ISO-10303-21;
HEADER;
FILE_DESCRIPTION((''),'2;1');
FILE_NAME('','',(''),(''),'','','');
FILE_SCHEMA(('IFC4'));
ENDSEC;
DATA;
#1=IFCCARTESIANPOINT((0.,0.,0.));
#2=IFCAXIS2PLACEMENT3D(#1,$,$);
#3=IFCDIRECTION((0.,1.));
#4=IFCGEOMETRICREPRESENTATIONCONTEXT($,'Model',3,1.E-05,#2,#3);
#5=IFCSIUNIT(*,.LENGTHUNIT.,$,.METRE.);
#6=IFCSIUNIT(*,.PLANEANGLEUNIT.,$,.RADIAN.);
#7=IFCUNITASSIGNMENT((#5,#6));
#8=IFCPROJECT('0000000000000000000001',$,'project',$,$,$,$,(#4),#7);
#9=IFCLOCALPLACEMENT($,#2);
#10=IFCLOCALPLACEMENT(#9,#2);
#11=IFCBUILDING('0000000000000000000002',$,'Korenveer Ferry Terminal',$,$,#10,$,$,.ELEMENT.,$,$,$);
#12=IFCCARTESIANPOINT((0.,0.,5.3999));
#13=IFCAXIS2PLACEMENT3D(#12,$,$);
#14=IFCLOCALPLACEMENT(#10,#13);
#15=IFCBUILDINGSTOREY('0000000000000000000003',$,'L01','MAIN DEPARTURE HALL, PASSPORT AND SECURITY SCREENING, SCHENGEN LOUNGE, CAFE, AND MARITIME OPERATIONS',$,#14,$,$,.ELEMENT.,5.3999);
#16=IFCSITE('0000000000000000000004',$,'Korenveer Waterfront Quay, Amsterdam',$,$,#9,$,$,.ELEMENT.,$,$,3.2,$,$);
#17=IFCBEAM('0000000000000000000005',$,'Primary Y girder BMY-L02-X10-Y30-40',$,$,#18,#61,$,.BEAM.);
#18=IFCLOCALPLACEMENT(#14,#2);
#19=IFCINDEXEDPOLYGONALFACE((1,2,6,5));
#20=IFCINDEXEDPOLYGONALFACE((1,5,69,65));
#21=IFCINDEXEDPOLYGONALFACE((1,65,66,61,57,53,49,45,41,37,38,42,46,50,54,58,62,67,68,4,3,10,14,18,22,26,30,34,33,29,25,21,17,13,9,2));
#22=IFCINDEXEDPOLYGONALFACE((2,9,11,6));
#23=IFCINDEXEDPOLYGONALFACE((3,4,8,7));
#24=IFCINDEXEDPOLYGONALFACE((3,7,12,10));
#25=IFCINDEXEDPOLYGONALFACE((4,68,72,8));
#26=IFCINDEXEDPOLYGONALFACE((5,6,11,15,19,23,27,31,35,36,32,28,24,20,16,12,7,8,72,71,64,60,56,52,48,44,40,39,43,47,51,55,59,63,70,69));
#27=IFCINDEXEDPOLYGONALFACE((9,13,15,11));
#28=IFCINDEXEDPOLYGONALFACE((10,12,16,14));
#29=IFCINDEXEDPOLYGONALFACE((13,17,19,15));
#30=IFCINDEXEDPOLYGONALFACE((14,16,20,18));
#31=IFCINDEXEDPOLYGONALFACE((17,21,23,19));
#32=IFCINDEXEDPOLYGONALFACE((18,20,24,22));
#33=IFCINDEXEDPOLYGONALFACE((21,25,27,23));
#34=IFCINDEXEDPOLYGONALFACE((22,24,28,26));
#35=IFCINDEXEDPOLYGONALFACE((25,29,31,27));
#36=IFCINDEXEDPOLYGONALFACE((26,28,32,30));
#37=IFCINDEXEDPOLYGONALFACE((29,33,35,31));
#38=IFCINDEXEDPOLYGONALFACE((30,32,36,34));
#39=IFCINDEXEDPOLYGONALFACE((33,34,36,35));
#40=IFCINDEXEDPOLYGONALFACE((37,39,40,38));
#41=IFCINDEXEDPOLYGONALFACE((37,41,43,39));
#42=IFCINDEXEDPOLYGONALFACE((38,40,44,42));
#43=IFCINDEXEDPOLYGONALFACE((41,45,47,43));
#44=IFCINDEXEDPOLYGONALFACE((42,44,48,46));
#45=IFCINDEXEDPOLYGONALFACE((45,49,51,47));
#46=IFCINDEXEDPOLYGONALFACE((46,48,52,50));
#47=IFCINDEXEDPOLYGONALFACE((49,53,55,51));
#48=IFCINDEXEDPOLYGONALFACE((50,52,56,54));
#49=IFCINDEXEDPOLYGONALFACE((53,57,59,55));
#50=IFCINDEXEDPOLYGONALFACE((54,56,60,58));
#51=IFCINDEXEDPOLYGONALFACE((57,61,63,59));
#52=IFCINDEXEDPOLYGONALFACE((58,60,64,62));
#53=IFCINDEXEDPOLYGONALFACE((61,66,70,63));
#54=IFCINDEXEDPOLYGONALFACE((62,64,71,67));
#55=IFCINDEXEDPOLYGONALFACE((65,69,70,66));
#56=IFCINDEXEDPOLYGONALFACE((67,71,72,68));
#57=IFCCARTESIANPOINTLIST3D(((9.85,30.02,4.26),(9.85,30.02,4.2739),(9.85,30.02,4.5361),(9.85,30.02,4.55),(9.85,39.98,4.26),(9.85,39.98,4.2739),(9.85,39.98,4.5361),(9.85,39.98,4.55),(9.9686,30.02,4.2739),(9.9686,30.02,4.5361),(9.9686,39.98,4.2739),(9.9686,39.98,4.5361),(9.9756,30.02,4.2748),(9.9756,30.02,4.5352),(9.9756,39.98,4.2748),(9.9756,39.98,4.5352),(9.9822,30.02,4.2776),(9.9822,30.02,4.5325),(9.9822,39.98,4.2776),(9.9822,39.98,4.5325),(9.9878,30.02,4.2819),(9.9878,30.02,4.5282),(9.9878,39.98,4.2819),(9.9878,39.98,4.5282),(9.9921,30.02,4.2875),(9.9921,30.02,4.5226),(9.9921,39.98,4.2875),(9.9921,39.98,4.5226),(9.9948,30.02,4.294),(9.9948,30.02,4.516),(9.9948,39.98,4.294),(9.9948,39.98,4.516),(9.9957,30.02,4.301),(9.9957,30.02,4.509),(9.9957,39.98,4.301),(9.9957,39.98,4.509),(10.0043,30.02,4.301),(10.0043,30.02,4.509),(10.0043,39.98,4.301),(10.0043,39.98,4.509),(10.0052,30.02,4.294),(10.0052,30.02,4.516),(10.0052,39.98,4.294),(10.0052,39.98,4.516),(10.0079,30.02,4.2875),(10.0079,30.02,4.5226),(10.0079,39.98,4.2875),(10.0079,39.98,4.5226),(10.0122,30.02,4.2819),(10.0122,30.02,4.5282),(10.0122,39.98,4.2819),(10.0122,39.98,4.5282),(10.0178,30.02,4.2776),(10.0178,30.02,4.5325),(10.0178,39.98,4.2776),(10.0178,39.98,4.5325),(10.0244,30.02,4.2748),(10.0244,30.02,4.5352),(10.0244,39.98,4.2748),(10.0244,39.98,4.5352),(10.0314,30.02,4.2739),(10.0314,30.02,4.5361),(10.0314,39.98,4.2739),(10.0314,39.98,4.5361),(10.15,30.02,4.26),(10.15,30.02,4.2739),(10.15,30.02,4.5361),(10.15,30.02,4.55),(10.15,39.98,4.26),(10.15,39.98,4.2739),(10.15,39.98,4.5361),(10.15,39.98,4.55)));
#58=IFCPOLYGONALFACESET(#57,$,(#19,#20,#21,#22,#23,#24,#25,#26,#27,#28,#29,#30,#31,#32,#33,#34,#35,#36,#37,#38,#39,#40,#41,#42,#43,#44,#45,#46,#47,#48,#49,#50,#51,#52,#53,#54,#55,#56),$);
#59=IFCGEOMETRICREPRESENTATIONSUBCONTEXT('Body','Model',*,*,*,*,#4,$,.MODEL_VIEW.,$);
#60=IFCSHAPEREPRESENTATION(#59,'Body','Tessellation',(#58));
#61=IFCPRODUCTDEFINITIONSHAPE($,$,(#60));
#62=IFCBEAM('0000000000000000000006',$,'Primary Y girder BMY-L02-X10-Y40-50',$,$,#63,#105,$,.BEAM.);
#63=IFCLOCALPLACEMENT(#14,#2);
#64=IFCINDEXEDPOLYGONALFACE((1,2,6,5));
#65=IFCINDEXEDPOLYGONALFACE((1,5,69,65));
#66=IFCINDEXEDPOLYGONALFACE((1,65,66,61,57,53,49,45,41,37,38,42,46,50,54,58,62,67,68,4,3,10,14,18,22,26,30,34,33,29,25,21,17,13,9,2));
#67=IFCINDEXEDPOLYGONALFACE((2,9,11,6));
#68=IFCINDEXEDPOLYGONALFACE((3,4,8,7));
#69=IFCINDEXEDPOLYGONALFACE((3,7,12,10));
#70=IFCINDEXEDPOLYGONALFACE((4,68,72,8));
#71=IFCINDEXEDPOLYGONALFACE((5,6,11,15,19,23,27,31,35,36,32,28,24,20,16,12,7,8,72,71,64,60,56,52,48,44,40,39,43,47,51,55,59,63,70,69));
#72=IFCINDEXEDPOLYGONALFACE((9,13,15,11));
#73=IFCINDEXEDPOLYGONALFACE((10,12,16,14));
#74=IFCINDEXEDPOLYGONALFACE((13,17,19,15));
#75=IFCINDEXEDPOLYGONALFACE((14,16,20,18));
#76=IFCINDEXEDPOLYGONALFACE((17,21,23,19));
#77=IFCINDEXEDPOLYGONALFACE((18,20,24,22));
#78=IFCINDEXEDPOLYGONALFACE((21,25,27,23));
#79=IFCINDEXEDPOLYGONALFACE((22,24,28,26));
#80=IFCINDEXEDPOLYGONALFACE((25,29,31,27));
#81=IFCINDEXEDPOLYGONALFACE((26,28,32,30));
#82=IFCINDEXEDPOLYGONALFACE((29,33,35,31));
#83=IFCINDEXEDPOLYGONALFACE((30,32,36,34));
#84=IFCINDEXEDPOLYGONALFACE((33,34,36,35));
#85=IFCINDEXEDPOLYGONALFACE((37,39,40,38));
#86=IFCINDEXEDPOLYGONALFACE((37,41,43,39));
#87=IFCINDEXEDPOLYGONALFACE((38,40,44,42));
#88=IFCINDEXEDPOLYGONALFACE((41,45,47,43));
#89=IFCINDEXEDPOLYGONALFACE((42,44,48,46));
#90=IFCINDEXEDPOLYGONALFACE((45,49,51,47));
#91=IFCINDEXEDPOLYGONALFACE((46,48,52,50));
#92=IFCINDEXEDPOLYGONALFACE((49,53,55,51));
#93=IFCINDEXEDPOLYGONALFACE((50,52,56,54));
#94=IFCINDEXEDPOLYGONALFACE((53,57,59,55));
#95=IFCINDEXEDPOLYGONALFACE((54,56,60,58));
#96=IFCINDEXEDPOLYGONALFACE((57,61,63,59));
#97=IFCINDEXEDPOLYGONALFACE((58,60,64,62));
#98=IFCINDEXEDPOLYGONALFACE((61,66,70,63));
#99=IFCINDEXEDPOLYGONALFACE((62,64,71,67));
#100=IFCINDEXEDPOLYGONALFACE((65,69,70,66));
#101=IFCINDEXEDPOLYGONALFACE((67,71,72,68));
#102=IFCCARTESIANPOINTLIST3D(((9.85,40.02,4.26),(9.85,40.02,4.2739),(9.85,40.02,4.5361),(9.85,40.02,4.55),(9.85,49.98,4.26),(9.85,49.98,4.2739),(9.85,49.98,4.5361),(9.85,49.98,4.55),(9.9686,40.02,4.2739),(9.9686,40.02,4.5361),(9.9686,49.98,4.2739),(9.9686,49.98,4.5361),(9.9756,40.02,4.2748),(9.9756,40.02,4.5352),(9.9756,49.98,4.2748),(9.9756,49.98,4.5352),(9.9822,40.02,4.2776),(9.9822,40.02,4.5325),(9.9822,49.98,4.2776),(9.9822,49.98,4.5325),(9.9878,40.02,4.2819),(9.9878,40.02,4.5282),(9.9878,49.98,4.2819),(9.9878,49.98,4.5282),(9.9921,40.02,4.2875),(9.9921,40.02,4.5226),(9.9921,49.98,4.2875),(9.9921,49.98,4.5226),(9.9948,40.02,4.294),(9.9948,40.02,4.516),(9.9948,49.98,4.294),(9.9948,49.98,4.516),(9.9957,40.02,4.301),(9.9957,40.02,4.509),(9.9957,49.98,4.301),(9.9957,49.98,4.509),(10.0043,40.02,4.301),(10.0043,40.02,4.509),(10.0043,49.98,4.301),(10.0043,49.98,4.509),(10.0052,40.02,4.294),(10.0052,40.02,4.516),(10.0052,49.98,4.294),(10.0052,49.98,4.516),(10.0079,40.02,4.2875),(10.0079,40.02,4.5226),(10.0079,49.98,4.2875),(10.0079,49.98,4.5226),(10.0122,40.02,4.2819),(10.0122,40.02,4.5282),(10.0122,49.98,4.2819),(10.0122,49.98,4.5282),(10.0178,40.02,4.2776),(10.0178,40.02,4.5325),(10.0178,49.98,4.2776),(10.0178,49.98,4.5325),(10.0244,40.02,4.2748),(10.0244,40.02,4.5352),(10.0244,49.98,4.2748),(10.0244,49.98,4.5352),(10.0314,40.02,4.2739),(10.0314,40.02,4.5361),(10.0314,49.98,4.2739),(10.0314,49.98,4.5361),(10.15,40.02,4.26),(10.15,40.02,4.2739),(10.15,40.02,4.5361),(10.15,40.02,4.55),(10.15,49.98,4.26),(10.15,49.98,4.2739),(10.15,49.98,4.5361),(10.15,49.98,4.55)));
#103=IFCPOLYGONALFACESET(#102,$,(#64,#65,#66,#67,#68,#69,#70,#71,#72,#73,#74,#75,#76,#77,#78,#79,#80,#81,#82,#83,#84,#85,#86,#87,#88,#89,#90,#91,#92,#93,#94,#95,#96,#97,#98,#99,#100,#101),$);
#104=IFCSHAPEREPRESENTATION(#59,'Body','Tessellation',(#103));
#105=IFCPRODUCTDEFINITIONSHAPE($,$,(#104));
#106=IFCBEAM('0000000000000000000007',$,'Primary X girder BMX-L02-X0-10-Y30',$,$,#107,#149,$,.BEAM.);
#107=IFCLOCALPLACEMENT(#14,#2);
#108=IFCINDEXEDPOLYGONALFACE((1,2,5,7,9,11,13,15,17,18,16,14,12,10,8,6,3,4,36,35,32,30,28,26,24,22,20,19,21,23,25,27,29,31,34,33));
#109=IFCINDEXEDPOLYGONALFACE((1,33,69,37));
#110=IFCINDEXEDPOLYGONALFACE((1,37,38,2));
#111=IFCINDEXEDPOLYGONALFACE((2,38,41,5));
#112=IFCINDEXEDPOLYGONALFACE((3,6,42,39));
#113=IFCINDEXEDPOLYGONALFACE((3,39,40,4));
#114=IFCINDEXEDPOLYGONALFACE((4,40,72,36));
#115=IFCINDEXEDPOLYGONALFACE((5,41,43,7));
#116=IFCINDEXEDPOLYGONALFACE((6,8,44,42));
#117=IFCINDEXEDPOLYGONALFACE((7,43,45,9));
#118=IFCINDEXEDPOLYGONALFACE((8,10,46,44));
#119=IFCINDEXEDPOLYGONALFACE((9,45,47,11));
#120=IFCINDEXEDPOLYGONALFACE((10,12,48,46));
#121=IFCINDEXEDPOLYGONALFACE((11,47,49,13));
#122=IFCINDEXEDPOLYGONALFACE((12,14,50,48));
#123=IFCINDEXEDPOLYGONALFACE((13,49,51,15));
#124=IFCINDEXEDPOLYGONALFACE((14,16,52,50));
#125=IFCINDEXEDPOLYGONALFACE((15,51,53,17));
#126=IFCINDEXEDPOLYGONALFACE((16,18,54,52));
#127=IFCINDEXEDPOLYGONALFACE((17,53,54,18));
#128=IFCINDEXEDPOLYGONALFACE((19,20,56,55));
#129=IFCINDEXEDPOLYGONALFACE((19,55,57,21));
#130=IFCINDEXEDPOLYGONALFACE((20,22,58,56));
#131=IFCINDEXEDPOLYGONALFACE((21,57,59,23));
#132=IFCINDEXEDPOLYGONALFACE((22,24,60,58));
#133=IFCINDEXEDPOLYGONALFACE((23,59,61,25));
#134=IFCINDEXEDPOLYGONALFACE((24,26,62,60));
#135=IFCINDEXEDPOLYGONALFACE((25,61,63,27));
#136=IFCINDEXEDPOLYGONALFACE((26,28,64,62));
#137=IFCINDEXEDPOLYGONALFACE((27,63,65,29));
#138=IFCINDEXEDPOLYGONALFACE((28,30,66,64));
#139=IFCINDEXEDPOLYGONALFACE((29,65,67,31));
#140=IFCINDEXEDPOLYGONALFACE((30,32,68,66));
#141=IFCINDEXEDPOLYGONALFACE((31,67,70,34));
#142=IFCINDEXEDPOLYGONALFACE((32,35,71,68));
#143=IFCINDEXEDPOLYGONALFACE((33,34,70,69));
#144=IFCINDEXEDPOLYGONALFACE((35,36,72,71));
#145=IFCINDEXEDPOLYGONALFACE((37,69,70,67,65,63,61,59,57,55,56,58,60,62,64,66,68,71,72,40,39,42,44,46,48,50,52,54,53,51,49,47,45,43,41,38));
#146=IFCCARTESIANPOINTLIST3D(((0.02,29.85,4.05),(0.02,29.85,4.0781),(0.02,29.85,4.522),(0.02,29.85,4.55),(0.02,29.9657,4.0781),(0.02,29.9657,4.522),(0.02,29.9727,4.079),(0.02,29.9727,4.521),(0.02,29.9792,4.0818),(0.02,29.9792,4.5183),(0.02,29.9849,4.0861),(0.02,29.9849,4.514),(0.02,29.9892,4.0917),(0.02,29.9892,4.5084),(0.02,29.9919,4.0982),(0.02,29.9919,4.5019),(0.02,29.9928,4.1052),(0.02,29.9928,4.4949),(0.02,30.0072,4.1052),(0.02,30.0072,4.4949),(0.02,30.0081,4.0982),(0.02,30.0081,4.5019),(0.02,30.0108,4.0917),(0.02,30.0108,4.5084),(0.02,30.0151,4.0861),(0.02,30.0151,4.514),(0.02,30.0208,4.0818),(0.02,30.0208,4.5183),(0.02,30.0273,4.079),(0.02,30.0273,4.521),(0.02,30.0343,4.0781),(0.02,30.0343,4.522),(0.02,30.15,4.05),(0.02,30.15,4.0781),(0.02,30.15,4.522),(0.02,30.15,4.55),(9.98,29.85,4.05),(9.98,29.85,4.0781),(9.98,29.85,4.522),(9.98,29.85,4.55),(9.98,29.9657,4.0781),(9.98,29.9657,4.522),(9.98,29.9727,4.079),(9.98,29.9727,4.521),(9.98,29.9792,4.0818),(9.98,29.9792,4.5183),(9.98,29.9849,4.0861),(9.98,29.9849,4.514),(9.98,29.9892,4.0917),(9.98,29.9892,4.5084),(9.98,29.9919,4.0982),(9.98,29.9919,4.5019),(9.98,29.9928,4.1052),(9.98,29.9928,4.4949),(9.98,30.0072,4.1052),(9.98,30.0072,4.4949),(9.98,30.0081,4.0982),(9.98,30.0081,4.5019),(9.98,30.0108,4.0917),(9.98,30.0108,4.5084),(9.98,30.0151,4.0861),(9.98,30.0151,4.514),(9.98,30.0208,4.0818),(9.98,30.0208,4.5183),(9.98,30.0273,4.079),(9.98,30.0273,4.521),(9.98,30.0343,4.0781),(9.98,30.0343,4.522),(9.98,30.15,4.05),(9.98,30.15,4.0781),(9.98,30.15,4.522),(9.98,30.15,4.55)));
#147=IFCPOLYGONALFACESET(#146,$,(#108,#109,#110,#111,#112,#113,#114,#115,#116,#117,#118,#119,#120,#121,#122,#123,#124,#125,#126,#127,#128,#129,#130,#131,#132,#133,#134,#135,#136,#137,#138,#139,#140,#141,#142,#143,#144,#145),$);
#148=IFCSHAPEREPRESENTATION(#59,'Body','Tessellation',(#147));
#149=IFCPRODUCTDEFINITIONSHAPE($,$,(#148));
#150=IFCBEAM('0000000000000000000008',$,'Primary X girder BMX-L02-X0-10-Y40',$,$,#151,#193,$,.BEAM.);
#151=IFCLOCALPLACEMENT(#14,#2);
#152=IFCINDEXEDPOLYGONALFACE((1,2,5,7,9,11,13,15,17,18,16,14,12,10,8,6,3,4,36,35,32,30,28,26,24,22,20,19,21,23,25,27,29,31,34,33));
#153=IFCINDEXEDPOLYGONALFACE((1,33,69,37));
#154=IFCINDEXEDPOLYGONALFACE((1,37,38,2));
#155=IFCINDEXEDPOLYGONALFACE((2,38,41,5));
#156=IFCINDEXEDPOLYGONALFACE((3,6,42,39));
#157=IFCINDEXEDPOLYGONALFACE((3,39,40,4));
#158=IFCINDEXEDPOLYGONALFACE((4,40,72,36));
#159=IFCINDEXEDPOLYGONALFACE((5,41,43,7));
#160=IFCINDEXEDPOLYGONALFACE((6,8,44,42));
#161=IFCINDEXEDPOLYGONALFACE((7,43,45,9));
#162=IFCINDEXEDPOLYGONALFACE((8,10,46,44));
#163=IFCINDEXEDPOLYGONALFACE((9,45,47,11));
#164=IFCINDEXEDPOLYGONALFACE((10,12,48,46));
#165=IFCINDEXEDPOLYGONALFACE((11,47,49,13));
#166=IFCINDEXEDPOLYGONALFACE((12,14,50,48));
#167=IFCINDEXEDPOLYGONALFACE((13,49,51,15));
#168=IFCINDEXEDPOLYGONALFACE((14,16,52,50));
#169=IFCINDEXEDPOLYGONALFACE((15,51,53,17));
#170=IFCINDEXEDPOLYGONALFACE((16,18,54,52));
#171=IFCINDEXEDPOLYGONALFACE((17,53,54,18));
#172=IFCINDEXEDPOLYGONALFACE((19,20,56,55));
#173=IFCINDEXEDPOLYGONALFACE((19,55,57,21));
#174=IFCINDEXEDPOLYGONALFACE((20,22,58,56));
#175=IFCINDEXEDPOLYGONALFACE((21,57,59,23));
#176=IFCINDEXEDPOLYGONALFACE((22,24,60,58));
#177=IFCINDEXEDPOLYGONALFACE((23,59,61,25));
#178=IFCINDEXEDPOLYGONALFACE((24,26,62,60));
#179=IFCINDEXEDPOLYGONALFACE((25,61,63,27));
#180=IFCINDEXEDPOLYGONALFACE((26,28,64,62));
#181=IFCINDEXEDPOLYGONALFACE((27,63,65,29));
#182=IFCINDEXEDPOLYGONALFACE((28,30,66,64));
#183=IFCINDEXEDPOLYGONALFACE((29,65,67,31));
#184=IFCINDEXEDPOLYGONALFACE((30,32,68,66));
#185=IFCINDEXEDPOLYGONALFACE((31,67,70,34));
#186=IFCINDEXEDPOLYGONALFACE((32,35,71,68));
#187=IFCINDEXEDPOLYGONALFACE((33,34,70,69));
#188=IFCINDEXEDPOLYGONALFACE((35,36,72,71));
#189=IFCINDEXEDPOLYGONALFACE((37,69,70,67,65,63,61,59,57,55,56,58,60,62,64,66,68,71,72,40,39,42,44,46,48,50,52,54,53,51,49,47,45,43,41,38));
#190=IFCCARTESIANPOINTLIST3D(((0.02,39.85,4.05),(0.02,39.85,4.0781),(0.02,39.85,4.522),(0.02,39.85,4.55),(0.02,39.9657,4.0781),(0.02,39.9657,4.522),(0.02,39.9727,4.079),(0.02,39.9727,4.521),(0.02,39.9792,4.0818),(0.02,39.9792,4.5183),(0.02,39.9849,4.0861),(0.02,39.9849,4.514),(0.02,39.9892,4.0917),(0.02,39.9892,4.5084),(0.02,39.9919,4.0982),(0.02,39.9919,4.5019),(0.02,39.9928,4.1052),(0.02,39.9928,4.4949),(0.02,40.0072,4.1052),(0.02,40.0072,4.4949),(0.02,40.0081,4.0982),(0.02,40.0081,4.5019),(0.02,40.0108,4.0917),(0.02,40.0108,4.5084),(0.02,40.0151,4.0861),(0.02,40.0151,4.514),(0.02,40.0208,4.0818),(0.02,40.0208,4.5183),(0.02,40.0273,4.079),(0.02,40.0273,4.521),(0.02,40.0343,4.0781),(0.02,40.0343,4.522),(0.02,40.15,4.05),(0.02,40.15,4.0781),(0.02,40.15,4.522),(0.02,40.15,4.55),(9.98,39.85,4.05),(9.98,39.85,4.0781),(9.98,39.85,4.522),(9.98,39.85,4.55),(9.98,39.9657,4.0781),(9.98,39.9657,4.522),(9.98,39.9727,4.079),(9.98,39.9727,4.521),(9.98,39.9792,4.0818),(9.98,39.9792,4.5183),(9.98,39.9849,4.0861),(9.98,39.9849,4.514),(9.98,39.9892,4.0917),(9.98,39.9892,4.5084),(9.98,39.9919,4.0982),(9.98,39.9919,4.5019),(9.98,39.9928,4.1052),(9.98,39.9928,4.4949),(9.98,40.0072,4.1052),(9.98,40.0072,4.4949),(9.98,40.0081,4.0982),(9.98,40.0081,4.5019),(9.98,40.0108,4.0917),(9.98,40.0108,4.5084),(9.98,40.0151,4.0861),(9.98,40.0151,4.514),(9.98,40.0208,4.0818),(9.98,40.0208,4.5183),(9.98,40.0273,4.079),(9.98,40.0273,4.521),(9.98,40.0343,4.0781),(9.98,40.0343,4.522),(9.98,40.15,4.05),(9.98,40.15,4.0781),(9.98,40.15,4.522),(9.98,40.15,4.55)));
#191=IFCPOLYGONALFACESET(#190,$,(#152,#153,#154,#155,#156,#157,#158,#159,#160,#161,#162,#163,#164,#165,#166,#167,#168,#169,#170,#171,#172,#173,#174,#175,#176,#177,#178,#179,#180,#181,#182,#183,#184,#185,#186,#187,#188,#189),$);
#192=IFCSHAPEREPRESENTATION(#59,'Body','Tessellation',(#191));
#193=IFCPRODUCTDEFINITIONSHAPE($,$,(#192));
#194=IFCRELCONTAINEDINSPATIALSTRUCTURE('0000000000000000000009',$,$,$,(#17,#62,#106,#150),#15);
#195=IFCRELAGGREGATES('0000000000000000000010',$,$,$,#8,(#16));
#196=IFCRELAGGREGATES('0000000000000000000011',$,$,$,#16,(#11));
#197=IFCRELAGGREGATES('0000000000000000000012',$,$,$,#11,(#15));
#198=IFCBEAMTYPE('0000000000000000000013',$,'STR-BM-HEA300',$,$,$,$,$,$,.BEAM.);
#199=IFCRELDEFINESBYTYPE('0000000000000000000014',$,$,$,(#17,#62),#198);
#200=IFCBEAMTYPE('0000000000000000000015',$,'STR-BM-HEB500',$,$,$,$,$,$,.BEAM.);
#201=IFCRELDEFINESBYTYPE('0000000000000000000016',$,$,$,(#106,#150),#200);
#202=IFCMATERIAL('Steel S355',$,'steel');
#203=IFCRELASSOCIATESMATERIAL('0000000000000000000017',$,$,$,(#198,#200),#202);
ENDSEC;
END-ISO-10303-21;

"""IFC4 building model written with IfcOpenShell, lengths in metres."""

from ifc_helpers import new_model, si_unit, direction, frame, origin, origin_2d, place, context, subcontext, project, spatial, i_section, extrude, material, material_profile, profile_set, type_object, element, save


model = new_model("IFC4")

# Units and contexts
model_context = context("Model", 3, precision=1e-05, world=origin(), true_north=direction((0.0, 1.0)))
body_context = subcontext(model_context, "Body", "Model", "MODEL_VIEW")
ifc_project = project(units=[si_unit("LENGTHUNIT", "METRE"), si_unit("PLANEANGLEUNIT", "RADIAN")], contexts=[model_context])

# Site, building, storey
site_placement = place(None, origin())
site = spatial("IfcSite", under=ifc_project, at=site_placement, Name="Korenveer Waterfront Quay, Amsterdam", CompositionType="ELEMENT", RefElevation=3.2)
building_placement = place(site_placement, origin())
building = spatial("IfcBuilding", under=site, at=building_placement, Name="Korenveer Ferry Terminal", CompositionType="ELEMENT")
storey_placement = place(building_placement, frame((0.0, 0.0, 5.3999)))
storey = spatial("IfcBuildingStorey", under=building, at=storey_placement, Name="L01", Description="MAIN DEPARTURE HALL, PASSPORT AND SECURITY SCREENING, SCHENGEN LOUNGE, CAFE, AND MARITIME OPERATIONS", CompositionType="ELEMENT", Elevation=5.3999)

# Beams
ifc_material_1 = material(Name="Steel S355", Category="steel")
ifc_material_profile_1 = material_profile(ifc_material_1, i_section(OverallWidth=0.3, OverallDepth=0.29, WebThickness=0.0085, FlangeThickness=0.0139, FilletRadius=0.0271, at=origin_2d()), Name="HEA 300")
ifc_profile_set_1 = profile_set([ifc_material_profile_1], Name="Steel S355")
beam_type_1 = type_object("IfcBeamType", Name="STR-BM-HEA300", PredefinedType="BEAM", material=ifc_profile_set_1)
for number, where, z_axis, x_axis, name in (
    (1, (10.0, 30.02, 4.405), (0.0, 1.0, 0.0), (-1.0, 0.0, 0.0), "Primary Y girder BMY-L02-X10-Y30-40"),
    (2, (10.0, 40.02, 4.405), (0.0, 1.0, 0.0), (-1.0, 0.0, 0.0), "Primary Y girder BMY-L02-X10-Y40-50"),
):
    element("IfcBeam", number, at=place(storey_placement, frame(where, z_axis=z_axis, x_axis=x_axis)), inside=storey, type_object=beam_type_1, Name=name, PredefinedType="BEAM", context=body_context, shape_type="SweptSolid", body=[
        extrude(i_section(OverallWidth=0.3, OverallDepth=0.29, WebThickness=0.0085, FlangeThickness=0.0139, FilletRadius=0.0271, at=origin_2d()), origin(), (0.0, 0.0, 1.0), 9.96),
    ])
ifc_material_profile_2 = material_profile(ifc_material_1, i_section(OverallWidth=0.3, OverallDepth=0.5, WebThickness=0.0144, FlangeThickness=0.0281, FilletRadius=0.0271, at=origin_2d()), Name="HEB 500")
ifc_profile_set_2 = profile_set([ifc_material_profile_2], Name="Steel S355")
beam_type_2 = type_object("IfcBeamType", Name="STR-BM-HEB500", PredefinedType="BEAM", material=ifc_profile_set_2)
for number, where, z_axis, x_axis, name in (
    (3, (0.02, 30.0, 4.3), (1.0, 0.0, 0.0), (0.0, 1.0, 0.0), "Primary X girder BMX-L02-X0-10-Y30"),
    (4, (0.02, 40.0, 4.3), (1.0, 0.0, 0.0), (0.0, 1.0, 0.0), "Primary X girder BMX-L02-X0-10-Y40"),
):
    element("IfcBeam", number, at=place(storey_placement, frame(where, z_axis=z_axis, x_axis=x_axis)), inside=storey, type_object=beam_type_2, Name=name, PredefinedType="BEAM", context=body_context, shape_type="SweptSolid", body=[
        extrude(i_section(OverallWidth=0.3, OverallDepth=0.5, WebThickness=0.0144, FlangeThickness=0.0281, FilletRadius=0.0271, at=origin_2d()), origin(), (0.0, 0.0, 1.0), 9.96),
    ])

save(model, "model.ifc")
